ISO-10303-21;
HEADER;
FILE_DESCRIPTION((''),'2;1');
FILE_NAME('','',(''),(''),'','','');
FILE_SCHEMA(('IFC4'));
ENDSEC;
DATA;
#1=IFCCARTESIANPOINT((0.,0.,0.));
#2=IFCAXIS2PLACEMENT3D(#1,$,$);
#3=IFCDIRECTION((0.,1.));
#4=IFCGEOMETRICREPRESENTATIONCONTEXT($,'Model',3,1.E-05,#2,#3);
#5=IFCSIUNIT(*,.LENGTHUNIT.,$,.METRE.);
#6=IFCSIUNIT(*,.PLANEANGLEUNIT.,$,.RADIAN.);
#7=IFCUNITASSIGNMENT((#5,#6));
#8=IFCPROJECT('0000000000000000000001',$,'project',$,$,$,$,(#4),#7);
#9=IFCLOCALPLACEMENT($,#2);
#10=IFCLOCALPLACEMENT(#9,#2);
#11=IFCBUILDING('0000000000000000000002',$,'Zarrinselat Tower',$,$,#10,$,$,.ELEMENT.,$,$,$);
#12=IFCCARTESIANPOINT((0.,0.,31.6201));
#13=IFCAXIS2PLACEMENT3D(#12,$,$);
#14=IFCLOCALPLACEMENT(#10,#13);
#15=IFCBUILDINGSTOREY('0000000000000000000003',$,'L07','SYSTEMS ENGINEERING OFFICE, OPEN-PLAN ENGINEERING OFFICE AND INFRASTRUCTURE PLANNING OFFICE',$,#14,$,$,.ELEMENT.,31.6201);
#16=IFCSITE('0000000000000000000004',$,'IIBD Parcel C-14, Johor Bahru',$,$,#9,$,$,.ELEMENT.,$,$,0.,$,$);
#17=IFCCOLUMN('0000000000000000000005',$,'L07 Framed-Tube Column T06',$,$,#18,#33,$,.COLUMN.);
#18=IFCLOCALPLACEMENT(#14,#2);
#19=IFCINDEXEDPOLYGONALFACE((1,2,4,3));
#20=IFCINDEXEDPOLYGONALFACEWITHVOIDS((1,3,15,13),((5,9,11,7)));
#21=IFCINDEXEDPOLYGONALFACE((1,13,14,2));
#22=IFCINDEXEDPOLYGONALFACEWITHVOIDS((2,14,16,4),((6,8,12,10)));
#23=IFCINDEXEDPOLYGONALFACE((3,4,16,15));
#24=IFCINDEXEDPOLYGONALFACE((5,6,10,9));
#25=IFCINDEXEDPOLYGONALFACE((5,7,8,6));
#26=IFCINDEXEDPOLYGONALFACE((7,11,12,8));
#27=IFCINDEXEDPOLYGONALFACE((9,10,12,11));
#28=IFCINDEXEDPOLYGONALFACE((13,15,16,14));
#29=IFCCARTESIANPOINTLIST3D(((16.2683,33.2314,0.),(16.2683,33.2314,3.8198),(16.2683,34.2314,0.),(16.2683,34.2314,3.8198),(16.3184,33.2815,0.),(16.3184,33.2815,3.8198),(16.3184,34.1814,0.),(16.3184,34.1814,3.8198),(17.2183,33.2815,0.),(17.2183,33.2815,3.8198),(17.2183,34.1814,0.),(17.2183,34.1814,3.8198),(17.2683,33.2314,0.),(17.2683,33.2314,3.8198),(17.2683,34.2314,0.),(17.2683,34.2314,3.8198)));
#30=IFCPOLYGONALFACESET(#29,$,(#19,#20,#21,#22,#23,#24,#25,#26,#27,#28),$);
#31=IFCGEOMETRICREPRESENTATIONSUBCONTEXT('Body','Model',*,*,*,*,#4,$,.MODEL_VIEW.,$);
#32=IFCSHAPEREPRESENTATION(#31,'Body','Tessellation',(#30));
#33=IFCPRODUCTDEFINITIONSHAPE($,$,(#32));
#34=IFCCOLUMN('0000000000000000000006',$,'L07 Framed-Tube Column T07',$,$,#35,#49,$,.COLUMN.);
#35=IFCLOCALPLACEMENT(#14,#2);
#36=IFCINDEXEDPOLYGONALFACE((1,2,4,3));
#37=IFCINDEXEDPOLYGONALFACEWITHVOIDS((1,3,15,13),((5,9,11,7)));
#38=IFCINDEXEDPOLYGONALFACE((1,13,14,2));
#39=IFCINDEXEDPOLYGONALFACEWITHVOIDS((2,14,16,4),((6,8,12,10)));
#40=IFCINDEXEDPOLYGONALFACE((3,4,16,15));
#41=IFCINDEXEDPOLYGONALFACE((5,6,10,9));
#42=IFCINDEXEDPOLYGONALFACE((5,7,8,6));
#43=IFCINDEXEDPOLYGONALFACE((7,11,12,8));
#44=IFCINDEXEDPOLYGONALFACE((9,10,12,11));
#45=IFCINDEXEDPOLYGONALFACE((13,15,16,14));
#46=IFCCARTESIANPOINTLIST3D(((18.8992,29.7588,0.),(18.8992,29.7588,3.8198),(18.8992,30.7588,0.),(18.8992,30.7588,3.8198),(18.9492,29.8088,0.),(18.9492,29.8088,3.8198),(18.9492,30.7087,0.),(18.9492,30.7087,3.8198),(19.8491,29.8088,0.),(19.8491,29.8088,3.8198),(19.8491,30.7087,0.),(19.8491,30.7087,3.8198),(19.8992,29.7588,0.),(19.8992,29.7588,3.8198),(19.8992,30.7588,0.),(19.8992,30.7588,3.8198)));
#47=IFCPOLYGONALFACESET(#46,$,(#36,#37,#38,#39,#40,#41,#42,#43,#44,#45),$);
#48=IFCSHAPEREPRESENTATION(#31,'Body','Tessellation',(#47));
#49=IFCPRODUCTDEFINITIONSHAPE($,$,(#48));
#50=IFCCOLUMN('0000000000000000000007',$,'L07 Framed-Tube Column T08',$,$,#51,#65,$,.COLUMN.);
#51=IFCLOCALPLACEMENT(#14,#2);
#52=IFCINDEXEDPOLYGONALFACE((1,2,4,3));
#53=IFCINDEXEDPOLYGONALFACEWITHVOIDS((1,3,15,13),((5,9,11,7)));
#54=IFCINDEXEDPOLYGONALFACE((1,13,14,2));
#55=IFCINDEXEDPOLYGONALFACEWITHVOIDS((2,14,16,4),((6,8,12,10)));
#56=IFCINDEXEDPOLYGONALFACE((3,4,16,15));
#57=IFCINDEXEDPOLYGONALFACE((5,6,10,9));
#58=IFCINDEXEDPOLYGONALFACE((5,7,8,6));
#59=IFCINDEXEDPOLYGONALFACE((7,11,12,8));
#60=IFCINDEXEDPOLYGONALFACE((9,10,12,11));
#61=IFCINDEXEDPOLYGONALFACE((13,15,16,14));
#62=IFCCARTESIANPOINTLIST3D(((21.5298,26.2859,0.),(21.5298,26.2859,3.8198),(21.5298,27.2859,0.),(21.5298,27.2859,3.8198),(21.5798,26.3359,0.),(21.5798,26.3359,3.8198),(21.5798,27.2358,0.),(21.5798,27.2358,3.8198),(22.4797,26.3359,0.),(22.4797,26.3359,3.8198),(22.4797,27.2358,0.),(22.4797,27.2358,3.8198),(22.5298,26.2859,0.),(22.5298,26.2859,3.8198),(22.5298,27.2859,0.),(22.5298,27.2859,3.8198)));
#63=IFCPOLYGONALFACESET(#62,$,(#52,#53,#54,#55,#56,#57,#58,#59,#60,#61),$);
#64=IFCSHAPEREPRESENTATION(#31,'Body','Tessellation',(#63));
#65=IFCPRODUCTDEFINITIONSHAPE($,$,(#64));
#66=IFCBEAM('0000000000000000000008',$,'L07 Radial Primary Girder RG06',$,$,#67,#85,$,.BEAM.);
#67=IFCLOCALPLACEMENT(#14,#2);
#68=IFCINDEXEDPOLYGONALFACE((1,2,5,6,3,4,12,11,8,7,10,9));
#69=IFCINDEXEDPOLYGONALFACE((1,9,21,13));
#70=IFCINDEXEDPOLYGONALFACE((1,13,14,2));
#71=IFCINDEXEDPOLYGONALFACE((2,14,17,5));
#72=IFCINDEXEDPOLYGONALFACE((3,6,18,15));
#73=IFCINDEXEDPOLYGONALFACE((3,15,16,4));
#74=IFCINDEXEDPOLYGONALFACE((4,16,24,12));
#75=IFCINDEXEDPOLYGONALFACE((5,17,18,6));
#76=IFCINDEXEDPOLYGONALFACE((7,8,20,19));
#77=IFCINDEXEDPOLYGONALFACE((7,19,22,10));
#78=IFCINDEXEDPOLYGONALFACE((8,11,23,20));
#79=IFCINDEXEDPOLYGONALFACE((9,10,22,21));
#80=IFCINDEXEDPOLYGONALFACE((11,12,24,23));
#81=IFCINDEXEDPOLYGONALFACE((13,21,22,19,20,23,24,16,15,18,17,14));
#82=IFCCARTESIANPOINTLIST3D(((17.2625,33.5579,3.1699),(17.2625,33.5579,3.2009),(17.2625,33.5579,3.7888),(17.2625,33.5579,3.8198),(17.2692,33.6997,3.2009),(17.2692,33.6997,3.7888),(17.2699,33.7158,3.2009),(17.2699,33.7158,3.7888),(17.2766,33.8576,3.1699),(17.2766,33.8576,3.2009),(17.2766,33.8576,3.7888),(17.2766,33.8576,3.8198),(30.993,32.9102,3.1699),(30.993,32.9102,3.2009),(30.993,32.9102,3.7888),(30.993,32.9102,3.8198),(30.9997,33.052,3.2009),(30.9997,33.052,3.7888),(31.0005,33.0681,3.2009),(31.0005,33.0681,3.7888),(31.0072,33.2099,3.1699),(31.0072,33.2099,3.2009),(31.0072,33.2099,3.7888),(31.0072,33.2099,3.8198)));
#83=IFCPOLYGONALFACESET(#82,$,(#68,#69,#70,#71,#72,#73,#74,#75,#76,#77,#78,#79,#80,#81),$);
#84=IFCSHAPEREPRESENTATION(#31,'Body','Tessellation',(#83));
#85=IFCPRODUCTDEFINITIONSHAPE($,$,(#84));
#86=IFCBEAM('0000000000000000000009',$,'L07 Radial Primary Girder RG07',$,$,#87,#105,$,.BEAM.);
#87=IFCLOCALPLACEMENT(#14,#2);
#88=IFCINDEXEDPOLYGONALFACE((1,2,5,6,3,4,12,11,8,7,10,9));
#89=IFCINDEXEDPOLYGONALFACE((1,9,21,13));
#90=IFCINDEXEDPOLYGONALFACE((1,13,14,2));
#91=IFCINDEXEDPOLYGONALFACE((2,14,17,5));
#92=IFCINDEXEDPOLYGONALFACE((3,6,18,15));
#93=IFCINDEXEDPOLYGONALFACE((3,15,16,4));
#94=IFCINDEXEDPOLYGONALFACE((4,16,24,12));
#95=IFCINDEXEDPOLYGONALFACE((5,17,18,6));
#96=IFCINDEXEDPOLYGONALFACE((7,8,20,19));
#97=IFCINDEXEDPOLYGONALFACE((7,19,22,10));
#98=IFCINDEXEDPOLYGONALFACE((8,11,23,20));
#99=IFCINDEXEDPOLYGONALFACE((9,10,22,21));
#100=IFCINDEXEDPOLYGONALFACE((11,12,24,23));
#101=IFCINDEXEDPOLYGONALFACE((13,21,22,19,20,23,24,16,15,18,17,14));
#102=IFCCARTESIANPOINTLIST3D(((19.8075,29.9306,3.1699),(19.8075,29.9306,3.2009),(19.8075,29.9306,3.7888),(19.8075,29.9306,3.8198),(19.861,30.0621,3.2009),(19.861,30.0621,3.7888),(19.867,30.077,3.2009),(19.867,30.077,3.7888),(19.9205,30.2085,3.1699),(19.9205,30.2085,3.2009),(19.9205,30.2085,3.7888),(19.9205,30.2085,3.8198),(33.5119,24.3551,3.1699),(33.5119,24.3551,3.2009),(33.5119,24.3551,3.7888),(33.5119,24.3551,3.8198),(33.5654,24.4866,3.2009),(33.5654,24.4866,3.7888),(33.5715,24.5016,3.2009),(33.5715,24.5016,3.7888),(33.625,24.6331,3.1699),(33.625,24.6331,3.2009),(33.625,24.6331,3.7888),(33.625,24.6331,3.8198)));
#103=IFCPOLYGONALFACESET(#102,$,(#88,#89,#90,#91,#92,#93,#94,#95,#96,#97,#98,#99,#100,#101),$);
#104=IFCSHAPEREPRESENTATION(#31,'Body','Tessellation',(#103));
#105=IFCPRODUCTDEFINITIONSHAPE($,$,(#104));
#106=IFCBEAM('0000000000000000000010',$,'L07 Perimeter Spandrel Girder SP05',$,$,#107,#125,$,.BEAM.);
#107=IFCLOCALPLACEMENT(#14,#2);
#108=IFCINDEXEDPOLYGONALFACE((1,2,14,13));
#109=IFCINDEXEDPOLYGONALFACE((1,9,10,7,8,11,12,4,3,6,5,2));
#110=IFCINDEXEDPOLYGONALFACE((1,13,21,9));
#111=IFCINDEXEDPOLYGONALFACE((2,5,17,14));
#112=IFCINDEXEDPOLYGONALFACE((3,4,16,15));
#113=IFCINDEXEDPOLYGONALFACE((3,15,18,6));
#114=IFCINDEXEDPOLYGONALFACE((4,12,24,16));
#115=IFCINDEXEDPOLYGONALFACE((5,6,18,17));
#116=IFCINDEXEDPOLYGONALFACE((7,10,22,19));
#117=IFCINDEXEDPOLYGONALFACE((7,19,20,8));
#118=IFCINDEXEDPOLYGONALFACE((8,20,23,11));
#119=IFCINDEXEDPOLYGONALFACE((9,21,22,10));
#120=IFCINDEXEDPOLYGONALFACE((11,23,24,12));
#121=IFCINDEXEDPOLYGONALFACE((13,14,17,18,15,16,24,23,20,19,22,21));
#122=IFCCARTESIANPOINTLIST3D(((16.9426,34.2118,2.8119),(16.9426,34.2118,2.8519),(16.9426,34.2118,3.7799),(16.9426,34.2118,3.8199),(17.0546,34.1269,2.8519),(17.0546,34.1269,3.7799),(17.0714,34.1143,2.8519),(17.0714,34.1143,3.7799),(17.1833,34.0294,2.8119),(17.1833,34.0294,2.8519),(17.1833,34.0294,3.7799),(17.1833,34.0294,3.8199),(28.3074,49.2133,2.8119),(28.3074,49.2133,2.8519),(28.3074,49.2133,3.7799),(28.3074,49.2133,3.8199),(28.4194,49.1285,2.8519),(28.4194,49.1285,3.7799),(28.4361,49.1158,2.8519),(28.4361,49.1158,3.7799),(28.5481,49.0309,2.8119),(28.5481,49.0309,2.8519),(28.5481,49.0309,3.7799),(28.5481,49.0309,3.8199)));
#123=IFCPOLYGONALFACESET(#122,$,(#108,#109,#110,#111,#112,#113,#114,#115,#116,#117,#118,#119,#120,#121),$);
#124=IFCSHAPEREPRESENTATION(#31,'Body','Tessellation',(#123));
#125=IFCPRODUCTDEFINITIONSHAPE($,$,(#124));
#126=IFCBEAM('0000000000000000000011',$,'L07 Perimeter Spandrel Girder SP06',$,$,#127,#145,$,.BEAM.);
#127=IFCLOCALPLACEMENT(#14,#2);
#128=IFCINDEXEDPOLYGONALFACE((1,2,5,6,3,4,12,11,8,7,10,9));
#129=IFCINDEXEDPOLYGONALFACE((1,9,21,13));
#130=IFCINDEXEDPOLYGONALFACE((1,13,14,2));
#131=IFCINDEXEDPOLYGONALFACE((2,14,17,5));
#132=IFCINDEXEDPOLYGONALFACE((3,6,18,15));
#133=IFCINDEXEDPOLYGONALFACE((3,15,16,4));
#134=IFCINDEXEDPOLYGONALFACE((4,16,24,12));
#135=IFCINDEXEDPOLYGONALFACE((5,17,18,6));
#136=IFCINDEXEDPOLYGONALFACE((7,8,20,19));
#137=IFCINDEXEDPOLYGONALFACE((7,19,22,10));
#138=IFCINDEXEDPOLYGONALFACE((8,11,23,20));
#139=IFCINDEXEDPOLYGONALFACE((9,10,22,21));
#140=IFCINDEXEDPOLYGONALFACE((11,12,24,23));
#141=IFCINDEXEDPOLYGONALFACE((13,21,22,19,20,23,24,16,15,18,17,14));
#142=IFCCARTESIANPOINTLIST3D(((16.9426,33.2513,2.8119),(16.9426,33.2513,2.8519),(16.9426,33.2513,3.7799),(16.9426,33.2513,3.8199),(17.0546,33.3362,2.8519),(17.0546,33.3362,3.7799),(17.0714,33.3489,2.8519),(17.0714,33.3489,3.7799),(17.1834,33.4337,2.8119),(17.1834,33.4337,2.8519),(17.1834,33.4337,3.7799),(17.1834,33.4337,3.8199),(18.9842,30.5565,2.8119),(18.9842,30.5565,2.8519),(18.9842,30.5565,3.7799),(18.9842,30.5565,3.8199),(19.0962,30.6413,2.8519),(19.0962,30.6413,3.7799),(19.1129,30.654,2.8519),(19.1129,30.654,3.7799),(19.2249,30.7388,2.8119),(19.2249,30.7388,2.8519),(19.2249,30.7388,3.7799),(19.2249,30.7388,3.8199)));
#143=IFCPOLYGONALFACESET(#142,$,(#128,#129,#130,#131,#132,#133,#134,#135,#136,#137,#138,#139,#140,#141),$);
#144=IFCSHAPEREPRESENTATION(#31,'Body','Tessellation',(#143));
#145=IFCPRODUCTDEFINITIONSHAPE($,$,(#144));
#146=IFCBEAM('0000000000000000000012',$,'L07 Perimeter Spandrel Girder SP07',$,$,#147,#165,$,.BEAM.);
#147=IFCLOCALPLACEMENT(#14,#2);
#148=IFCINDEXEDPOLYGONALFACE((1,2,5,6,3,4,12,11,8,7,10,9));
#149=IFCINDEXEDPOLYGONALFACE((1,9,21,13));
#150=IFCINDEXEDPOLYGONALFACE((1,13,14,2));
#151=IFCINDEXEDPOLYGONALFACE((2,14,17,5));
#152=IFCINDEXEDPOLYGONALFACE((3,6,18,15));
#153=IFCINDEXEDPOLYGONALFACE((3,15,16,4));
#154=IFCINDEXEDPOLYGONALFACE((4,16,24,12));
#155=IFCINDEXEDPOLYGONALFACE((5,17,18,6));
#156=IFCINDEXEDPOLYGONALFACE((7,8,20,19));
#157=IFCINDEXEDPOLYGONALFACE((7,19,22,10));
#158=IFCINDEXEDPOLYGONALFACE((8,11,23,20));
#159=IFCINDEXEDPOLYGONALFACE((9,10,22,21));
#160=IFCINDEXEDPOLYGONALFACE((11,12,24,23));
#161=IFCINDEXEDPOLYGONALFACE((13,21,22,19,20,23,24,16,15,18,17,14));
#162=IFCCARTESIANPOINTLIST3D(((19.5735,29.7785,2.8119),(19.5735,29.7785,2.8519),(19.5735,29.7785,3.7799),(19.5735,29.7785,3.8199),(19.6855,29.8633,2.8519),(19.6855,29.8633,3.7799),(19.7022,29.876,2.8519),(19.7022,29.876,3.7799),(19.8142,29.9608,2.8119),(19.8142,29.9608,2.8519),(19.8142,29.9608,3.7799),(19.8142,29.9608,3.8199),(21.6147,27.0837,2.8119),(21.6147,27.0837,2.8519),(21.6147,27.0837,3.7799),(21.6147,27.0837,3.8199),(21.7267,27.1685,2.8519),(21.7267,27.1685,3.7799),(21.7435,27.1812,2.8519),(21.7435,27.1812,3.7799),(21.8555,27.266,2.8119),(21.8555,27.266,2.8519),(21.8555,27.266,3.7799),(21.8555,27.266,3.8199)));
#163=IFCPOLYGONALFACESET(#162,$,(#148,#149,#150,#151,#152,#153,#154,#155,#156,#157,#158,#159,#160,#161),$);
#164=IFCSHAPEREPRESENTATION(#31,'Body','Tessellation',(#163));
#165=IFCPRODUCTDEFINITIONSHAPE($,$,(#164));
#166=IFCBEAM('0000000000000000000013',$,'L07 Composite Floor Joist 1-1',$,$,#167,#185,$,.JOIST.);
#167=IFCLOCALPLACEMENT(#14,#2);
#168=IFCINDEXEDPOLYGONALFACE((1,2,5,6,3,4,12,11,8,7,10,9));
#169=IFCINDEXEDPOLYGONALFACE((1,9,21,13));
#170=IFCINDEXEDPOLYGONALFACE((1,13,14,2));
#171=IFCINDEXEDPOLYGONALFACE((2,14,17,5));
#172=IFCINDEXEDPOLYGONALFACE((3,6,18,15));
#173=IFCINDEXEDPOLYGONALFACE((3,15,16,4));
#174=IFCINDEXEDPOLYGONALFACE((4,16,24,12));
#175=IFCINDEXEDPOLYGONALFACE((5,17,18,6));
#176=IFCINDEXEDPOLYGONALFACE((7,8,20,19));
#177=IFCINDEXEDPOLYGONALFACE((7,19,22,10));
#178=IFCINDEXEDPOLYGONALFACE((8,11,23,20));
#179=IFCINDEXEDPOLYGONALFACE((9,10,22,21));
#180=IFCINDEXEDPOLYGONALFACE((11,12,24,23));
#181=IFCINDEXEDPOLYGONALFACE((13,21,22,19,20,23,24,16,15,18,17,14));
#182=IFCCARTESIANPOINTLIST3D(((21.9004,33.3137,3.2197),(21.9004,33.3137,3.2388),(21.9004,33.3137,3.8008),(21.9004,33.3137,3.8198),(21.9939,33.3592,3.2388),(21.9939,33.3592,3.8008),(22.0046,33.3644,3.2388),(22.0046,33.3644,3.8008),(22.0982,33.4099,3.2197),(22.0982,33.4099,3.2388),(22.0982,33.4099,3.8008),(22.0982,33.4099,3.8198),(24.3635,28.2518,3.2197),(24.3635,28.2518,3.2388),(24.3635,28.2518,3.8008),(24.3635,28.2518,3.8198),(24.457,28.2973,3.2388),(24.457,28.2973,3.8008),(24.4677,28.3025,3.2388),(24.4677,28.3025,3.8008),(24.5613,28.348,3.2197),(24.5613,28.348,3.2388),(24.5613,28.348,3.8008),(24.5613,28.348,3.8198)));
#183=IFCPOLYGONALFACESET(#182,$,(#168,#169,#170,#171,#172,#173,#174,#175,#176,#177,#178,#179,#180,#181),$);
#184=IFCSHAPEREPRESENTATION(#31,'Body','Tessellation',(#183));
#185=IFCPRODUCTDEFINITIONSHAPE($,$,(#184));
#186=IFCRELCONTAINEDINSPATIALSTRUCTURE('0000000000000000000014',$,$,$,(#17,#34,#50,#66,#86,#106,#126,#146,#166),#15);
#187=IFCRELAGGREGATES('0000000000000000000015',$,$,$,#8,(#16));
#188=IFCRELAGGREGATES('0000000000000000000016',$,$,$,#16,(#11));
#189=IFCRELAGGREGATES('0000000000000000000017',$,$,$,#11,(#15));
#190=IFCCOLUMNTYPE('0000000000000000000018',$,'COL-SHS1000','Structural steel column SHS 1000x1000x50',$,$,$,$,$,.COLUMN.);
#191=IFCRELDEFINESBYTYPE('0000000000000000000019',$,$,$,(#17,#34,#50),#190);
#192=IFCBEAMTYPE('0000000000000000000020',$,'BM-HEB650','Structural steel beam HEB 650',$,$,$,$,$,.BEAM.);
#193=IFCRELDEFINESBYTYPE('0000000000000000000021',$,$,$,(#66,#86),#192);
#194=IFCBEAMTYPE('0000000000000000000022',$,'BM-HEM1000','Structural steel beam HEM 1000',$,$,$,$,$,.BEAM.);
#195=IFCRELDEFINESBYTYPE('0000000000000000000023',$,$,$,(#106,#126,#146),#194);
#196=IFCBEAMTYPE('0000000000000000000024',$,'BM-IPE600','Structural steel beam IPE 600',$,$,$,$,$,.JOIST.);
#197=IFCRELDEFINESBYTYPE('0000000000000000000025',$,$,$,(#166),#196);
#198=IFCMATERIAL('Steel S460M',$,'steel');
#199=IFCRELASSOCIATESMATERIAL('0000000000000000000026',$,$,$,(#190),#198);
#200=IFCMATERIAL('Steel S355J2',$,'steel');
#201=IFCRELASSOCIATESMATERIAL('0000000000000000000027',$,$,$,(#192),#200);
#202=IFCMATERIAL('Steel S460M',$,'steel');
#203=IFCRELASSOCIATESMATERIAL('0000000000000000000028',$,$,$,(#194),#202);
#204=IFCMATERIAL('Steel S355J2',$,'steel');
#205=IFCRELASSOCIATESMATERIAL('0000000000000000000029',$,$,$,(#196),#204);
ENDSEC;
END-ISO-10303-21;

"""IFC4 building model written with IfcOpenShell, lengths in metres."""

from ifc_helpers import new_model, si_unit, direction, frame, origin, origin_2d, place, context, subcontext, project, spatial, hollow_rectangle, i_section, extrude, material, material_profile, profile_set, type_object, element, save


model = new_model("IFC4")

# Units and contexts
model_context = context("Model", 3, precision=1e-05, world=origin(), true_north=direction((0.0, 1.0)))
body_context = subcontext(model_context, "Body", "Model", "MODEL_VIEW")
ifc_project = project(units=[si_unit("LENGTHUNIT", "METRE"), si_unit("PLANEANGLEUNIT", "RADIAN")], contexts=[model_context])

# Site, building, storey
site_placement = place(None, origin())
site = spatial("IfcSite", under=ifc_project, at=site_placement, Name="IIBD Parcel C-14, Johor Bahru", CompositionType="ELEMENT", RefElevation=0.0)
building_placement = place(site_placement, origin())
building = spatial("IfcBuilding", under=site, at=building_placement, Name="Zarrinselat Tower", CompositionType="ELEMENT")
storey_placement = place(building_placement, frame((0.0, 0.0, 31.6201)))
storey = spatial("IfcBuildingStorey", under=building, at=storey_placement, Name="L07", Description="SYSTEMS ENGINEERING OFFICE, OPEN-PLAN ENGINEERING OFFICE AND INFRASTRUCTURE PLANNING OFFICE", CompositionType="ELEMENT", Elevation=31.6201)

# Columns
ifc_material_1 = material(Name="Steel S460M", Category="steel")
ifc_material_profile_1 = material_profile(ifc_material_1, hollow_rectangle(XDim=1.0, YDim=1.0, WallThickness=0.05, at=origin_2d()), Name="SHS 1000x1000x50")
ifc_profile_set_1 = profile_set([ifc_material_profile_1], Name="Steel S460M")
column_type = type_object("IfcColumnType", Name="COL-SHS1000", Description="Structural steel column SHS 1000x1000x50", PredefinedType="COLUMN", material=ifc_profile_set_1)
for number, where, z_axis, x_axis, name in (
    (1, (16.7683, 33.7314, 0.0), (0.0, 0.0, 1.0), (1.0, 0.0, 0.0), "L07 Framed-Tube Column T06"),
    (2, (19.3992, 30.2588, 0.0), (0.0, 0.0, 1.0), (1.0, 0.0, 0.0), "L07 Framed-Tube Column T07"),
    (3, (22.0298, 26.7859, 0.0), (0.0, 0.0, 1.0), (1.0, 0.0, 0.0), "L07 Framed-Tube Column T08"),
):
    element("IfcColumn", number, at=place(storey_placement, frame(where, z_axis=z_axis, x_axis=x_axis)), inside=storey, type_object=column_type, Name=name, PredefinedType="COLUMN", context=body_context, shape_type="SweptSolid", body=[
        extrude(hollow_rectangle(XDim=1.0, YDim=1.0, WallThickness=0.05, at=origin_2d()), origin(), (0.0, 0.0, 1.0), 3.8198),
    ])

# Beams
ifc_material_2 = material(Name="Steel S355J2", Category="steel")
ifc_material_profile_2 = material_profile(ifc_material_2, i_section(OverallWidth=0.3, OverallDepth=0.6499, WebThickness=0.0161, FlangeThickness=0.031, at=origin_2d()), Name="HEB 650")
ifc_profile_set_2 = profile_set([ifc_material_profile_2], Name="Steel S355J2")
beam_type_1 = type_object("IfcBeamType", Name="BM-HEB650", Description="Structural steel beam HEB 650", PredefinedType="BEAM", material=ifc_profile_set_2)
beam_1_placement = place(storey_placement, frame((17.2695, 33.7078, 3.4949), z_axis=(0.998889, -0.04712, 0.0), x_axis=(0.04712, 0.998889, 0.0)))
element("IfcBeam", 4, at=beam_1_placement, inside=storey, type_object=beam_type_1, Name="L07 Radial Primary Girder RG06", PredefinedType="BEAM", context=body_context, shape_type="SweptSolid", body=[
    extrude(i_section(OverallWidth=0.3, OverallDepth=0.6499, WebThickness=0.0161, FlangeThickness=0.031, at=origin_2d()), origin(), (0.0, 0.0, 1.0), 13.7458),
])
beam_2_placement = place(storey_placement, frame((19.864, 30.0696, 3.4949), z_axis=(0.926277, -0.376844, 0.0), x_axis=(0.376844, 0.926277, 0.0)))
element("IfcBeam", 5, at=beam_2_placement, inside=storey, type_object=beam_type_1, Name="L07 Radial Primary Girder RG07", PredefinedType="BEAM", context=body_context, shape_type="SweptSolid", body=[
    extrude(i_section(OverallWidth=0.3, OverallDepth=0.6499, WebThickness=0.0161, FlangeThickness=0.031, at=origin_2d()), origin(), (0.0, 0.0, 1.0), 14.7952),
])
ifc_material_3 = material(Name="Steel S460M", Category="steel")
ifc_material_profile_3 = material_profile(ifc_material_3, i_section(OverallWidth=0.302, OverallDepth=1.0081, WebThickness=0.021, FlangeThickness=0.04, at=origin_2d()), Name="HEM 1000")
ifc_profile_set_3 = profile_set([ifc_material_profile_3], Name="Steel S460M")
beam_type_2 = type_object("IfcBeamType", Name="BM-HEM1000", Description="Structural steel beam HEM 1000", PredefinedType="BEAM", material=ifc_profile_set_3)
beam_3_placement = place(storey_placement, frame((17.063, 34.1206, 3.3159), z_axis=(0.603858, 0.797092, 0.0), x_axis=(-0.797092, 0.603858, 0.0)))
element("IfcBeam", 6, at=beam_3_placement, inside=storey, type_object=beam_type_2, Name="L07 Perimeter Spandrel Girder SP05", PredefinedType="BEAM", context=body_context, shape_type="SweptSolid", body=[
    extrude(i_section(OverallWidth=0.302, OverallDepth=1.0081, WebThickness=0.021, FlangeThickness=0.04, at=origin_2d()), origin(), (0.0, 0.0, 1.0), 18.8203),
])
beam_4_placement = place(storey_placement, frame((17.063, 33.3425, 3.3159), z_axis=(0.603852, -0.797096, 0.0), x_axis=(0.797096, 0.603852, 0.0)))
element("IfcBeam", 7, at=beam_4_placement, inside=storey, type_object=beam_type_2, Name="L07 Perimeter Spandrel Girder SP06", PredefinedType="BEAM", context=body_context, shape_type="SweptSolid", body=[
    extrude(i_section(OverallWidth=0.302, OverallDepth=1.0081, WebThickness=0.021, FlangeThickness=0.04, at=origin_2d()), origin(), (0.0, 0.0, 1.0), 3.3809),
])
beam_5_placement = place(storey_placement, frame((19.6938, 29.8696, 3.3159), z_axis=(0.603806, -0.797131, 0.0), x_axis=(0.797131, 0.603806, 0.0)))
element("IfcBeam", 8, at=beam_5_placement, inside=storey, type_object=beam_type_2, Name="L07 Perimeter Spandrel Girder SP07", PredefinedType="BEAM", context=body_context, shape_type="SweptSolid", body=[
    extrude(i_section(OverallWidth=0.302, OverallDepth=1.0081, WebThickness=0.021, FlangeThickness=0.04, at=origin_2d()), origin(), (0.0, 0.0, 1.0), 3.3806),
])
ifc_material_4 = material(Name="Steel S355J2", Category="steel")
ifc_material_profile_4 = material_profile(ifc_material_4, i_section(OverallWidth=0.22, OverallDepth=0.6001, WebThickness=0.012, FlangeThickness=0.019, at=origin_2d()), Name="IPE 600")
ifc_profile_set_4 = profile_set([ifc_material_profile_4], Name="Steel S355J2")
beam_type_3 = type_object("IfcBeamType", Name="BM-IPE600", Description="Structural steel beam IPE 600", PredefinedType="JOIST", material=ifc_profile_set_4)
beam_6_placement = place(storey_placement, frame((21.9993, 33.3618, 3.5198), z_axis=(0.437542, -0.899198, 0.0), x_axis=(0.899198, 0.437542, 0.0)))
element("IfcBeam", 9, at=beam_6_placement, inside=storey, type_object=beam_type_3, Name="L07 Composite Floor Joist 1-1", PredefinedType="JOIST", context=body_context, shape_type="SweptSolid", body=[
    extrude(i_section(OverallWidth=0.22, OverallDepth=0.6001, WebThickness=0.012, FlangeThickness=0.019, at=origin_2d()), origin(), (0.0, 0.0, 1.0), 5.6294),
])

save(model, "model.ifc")
